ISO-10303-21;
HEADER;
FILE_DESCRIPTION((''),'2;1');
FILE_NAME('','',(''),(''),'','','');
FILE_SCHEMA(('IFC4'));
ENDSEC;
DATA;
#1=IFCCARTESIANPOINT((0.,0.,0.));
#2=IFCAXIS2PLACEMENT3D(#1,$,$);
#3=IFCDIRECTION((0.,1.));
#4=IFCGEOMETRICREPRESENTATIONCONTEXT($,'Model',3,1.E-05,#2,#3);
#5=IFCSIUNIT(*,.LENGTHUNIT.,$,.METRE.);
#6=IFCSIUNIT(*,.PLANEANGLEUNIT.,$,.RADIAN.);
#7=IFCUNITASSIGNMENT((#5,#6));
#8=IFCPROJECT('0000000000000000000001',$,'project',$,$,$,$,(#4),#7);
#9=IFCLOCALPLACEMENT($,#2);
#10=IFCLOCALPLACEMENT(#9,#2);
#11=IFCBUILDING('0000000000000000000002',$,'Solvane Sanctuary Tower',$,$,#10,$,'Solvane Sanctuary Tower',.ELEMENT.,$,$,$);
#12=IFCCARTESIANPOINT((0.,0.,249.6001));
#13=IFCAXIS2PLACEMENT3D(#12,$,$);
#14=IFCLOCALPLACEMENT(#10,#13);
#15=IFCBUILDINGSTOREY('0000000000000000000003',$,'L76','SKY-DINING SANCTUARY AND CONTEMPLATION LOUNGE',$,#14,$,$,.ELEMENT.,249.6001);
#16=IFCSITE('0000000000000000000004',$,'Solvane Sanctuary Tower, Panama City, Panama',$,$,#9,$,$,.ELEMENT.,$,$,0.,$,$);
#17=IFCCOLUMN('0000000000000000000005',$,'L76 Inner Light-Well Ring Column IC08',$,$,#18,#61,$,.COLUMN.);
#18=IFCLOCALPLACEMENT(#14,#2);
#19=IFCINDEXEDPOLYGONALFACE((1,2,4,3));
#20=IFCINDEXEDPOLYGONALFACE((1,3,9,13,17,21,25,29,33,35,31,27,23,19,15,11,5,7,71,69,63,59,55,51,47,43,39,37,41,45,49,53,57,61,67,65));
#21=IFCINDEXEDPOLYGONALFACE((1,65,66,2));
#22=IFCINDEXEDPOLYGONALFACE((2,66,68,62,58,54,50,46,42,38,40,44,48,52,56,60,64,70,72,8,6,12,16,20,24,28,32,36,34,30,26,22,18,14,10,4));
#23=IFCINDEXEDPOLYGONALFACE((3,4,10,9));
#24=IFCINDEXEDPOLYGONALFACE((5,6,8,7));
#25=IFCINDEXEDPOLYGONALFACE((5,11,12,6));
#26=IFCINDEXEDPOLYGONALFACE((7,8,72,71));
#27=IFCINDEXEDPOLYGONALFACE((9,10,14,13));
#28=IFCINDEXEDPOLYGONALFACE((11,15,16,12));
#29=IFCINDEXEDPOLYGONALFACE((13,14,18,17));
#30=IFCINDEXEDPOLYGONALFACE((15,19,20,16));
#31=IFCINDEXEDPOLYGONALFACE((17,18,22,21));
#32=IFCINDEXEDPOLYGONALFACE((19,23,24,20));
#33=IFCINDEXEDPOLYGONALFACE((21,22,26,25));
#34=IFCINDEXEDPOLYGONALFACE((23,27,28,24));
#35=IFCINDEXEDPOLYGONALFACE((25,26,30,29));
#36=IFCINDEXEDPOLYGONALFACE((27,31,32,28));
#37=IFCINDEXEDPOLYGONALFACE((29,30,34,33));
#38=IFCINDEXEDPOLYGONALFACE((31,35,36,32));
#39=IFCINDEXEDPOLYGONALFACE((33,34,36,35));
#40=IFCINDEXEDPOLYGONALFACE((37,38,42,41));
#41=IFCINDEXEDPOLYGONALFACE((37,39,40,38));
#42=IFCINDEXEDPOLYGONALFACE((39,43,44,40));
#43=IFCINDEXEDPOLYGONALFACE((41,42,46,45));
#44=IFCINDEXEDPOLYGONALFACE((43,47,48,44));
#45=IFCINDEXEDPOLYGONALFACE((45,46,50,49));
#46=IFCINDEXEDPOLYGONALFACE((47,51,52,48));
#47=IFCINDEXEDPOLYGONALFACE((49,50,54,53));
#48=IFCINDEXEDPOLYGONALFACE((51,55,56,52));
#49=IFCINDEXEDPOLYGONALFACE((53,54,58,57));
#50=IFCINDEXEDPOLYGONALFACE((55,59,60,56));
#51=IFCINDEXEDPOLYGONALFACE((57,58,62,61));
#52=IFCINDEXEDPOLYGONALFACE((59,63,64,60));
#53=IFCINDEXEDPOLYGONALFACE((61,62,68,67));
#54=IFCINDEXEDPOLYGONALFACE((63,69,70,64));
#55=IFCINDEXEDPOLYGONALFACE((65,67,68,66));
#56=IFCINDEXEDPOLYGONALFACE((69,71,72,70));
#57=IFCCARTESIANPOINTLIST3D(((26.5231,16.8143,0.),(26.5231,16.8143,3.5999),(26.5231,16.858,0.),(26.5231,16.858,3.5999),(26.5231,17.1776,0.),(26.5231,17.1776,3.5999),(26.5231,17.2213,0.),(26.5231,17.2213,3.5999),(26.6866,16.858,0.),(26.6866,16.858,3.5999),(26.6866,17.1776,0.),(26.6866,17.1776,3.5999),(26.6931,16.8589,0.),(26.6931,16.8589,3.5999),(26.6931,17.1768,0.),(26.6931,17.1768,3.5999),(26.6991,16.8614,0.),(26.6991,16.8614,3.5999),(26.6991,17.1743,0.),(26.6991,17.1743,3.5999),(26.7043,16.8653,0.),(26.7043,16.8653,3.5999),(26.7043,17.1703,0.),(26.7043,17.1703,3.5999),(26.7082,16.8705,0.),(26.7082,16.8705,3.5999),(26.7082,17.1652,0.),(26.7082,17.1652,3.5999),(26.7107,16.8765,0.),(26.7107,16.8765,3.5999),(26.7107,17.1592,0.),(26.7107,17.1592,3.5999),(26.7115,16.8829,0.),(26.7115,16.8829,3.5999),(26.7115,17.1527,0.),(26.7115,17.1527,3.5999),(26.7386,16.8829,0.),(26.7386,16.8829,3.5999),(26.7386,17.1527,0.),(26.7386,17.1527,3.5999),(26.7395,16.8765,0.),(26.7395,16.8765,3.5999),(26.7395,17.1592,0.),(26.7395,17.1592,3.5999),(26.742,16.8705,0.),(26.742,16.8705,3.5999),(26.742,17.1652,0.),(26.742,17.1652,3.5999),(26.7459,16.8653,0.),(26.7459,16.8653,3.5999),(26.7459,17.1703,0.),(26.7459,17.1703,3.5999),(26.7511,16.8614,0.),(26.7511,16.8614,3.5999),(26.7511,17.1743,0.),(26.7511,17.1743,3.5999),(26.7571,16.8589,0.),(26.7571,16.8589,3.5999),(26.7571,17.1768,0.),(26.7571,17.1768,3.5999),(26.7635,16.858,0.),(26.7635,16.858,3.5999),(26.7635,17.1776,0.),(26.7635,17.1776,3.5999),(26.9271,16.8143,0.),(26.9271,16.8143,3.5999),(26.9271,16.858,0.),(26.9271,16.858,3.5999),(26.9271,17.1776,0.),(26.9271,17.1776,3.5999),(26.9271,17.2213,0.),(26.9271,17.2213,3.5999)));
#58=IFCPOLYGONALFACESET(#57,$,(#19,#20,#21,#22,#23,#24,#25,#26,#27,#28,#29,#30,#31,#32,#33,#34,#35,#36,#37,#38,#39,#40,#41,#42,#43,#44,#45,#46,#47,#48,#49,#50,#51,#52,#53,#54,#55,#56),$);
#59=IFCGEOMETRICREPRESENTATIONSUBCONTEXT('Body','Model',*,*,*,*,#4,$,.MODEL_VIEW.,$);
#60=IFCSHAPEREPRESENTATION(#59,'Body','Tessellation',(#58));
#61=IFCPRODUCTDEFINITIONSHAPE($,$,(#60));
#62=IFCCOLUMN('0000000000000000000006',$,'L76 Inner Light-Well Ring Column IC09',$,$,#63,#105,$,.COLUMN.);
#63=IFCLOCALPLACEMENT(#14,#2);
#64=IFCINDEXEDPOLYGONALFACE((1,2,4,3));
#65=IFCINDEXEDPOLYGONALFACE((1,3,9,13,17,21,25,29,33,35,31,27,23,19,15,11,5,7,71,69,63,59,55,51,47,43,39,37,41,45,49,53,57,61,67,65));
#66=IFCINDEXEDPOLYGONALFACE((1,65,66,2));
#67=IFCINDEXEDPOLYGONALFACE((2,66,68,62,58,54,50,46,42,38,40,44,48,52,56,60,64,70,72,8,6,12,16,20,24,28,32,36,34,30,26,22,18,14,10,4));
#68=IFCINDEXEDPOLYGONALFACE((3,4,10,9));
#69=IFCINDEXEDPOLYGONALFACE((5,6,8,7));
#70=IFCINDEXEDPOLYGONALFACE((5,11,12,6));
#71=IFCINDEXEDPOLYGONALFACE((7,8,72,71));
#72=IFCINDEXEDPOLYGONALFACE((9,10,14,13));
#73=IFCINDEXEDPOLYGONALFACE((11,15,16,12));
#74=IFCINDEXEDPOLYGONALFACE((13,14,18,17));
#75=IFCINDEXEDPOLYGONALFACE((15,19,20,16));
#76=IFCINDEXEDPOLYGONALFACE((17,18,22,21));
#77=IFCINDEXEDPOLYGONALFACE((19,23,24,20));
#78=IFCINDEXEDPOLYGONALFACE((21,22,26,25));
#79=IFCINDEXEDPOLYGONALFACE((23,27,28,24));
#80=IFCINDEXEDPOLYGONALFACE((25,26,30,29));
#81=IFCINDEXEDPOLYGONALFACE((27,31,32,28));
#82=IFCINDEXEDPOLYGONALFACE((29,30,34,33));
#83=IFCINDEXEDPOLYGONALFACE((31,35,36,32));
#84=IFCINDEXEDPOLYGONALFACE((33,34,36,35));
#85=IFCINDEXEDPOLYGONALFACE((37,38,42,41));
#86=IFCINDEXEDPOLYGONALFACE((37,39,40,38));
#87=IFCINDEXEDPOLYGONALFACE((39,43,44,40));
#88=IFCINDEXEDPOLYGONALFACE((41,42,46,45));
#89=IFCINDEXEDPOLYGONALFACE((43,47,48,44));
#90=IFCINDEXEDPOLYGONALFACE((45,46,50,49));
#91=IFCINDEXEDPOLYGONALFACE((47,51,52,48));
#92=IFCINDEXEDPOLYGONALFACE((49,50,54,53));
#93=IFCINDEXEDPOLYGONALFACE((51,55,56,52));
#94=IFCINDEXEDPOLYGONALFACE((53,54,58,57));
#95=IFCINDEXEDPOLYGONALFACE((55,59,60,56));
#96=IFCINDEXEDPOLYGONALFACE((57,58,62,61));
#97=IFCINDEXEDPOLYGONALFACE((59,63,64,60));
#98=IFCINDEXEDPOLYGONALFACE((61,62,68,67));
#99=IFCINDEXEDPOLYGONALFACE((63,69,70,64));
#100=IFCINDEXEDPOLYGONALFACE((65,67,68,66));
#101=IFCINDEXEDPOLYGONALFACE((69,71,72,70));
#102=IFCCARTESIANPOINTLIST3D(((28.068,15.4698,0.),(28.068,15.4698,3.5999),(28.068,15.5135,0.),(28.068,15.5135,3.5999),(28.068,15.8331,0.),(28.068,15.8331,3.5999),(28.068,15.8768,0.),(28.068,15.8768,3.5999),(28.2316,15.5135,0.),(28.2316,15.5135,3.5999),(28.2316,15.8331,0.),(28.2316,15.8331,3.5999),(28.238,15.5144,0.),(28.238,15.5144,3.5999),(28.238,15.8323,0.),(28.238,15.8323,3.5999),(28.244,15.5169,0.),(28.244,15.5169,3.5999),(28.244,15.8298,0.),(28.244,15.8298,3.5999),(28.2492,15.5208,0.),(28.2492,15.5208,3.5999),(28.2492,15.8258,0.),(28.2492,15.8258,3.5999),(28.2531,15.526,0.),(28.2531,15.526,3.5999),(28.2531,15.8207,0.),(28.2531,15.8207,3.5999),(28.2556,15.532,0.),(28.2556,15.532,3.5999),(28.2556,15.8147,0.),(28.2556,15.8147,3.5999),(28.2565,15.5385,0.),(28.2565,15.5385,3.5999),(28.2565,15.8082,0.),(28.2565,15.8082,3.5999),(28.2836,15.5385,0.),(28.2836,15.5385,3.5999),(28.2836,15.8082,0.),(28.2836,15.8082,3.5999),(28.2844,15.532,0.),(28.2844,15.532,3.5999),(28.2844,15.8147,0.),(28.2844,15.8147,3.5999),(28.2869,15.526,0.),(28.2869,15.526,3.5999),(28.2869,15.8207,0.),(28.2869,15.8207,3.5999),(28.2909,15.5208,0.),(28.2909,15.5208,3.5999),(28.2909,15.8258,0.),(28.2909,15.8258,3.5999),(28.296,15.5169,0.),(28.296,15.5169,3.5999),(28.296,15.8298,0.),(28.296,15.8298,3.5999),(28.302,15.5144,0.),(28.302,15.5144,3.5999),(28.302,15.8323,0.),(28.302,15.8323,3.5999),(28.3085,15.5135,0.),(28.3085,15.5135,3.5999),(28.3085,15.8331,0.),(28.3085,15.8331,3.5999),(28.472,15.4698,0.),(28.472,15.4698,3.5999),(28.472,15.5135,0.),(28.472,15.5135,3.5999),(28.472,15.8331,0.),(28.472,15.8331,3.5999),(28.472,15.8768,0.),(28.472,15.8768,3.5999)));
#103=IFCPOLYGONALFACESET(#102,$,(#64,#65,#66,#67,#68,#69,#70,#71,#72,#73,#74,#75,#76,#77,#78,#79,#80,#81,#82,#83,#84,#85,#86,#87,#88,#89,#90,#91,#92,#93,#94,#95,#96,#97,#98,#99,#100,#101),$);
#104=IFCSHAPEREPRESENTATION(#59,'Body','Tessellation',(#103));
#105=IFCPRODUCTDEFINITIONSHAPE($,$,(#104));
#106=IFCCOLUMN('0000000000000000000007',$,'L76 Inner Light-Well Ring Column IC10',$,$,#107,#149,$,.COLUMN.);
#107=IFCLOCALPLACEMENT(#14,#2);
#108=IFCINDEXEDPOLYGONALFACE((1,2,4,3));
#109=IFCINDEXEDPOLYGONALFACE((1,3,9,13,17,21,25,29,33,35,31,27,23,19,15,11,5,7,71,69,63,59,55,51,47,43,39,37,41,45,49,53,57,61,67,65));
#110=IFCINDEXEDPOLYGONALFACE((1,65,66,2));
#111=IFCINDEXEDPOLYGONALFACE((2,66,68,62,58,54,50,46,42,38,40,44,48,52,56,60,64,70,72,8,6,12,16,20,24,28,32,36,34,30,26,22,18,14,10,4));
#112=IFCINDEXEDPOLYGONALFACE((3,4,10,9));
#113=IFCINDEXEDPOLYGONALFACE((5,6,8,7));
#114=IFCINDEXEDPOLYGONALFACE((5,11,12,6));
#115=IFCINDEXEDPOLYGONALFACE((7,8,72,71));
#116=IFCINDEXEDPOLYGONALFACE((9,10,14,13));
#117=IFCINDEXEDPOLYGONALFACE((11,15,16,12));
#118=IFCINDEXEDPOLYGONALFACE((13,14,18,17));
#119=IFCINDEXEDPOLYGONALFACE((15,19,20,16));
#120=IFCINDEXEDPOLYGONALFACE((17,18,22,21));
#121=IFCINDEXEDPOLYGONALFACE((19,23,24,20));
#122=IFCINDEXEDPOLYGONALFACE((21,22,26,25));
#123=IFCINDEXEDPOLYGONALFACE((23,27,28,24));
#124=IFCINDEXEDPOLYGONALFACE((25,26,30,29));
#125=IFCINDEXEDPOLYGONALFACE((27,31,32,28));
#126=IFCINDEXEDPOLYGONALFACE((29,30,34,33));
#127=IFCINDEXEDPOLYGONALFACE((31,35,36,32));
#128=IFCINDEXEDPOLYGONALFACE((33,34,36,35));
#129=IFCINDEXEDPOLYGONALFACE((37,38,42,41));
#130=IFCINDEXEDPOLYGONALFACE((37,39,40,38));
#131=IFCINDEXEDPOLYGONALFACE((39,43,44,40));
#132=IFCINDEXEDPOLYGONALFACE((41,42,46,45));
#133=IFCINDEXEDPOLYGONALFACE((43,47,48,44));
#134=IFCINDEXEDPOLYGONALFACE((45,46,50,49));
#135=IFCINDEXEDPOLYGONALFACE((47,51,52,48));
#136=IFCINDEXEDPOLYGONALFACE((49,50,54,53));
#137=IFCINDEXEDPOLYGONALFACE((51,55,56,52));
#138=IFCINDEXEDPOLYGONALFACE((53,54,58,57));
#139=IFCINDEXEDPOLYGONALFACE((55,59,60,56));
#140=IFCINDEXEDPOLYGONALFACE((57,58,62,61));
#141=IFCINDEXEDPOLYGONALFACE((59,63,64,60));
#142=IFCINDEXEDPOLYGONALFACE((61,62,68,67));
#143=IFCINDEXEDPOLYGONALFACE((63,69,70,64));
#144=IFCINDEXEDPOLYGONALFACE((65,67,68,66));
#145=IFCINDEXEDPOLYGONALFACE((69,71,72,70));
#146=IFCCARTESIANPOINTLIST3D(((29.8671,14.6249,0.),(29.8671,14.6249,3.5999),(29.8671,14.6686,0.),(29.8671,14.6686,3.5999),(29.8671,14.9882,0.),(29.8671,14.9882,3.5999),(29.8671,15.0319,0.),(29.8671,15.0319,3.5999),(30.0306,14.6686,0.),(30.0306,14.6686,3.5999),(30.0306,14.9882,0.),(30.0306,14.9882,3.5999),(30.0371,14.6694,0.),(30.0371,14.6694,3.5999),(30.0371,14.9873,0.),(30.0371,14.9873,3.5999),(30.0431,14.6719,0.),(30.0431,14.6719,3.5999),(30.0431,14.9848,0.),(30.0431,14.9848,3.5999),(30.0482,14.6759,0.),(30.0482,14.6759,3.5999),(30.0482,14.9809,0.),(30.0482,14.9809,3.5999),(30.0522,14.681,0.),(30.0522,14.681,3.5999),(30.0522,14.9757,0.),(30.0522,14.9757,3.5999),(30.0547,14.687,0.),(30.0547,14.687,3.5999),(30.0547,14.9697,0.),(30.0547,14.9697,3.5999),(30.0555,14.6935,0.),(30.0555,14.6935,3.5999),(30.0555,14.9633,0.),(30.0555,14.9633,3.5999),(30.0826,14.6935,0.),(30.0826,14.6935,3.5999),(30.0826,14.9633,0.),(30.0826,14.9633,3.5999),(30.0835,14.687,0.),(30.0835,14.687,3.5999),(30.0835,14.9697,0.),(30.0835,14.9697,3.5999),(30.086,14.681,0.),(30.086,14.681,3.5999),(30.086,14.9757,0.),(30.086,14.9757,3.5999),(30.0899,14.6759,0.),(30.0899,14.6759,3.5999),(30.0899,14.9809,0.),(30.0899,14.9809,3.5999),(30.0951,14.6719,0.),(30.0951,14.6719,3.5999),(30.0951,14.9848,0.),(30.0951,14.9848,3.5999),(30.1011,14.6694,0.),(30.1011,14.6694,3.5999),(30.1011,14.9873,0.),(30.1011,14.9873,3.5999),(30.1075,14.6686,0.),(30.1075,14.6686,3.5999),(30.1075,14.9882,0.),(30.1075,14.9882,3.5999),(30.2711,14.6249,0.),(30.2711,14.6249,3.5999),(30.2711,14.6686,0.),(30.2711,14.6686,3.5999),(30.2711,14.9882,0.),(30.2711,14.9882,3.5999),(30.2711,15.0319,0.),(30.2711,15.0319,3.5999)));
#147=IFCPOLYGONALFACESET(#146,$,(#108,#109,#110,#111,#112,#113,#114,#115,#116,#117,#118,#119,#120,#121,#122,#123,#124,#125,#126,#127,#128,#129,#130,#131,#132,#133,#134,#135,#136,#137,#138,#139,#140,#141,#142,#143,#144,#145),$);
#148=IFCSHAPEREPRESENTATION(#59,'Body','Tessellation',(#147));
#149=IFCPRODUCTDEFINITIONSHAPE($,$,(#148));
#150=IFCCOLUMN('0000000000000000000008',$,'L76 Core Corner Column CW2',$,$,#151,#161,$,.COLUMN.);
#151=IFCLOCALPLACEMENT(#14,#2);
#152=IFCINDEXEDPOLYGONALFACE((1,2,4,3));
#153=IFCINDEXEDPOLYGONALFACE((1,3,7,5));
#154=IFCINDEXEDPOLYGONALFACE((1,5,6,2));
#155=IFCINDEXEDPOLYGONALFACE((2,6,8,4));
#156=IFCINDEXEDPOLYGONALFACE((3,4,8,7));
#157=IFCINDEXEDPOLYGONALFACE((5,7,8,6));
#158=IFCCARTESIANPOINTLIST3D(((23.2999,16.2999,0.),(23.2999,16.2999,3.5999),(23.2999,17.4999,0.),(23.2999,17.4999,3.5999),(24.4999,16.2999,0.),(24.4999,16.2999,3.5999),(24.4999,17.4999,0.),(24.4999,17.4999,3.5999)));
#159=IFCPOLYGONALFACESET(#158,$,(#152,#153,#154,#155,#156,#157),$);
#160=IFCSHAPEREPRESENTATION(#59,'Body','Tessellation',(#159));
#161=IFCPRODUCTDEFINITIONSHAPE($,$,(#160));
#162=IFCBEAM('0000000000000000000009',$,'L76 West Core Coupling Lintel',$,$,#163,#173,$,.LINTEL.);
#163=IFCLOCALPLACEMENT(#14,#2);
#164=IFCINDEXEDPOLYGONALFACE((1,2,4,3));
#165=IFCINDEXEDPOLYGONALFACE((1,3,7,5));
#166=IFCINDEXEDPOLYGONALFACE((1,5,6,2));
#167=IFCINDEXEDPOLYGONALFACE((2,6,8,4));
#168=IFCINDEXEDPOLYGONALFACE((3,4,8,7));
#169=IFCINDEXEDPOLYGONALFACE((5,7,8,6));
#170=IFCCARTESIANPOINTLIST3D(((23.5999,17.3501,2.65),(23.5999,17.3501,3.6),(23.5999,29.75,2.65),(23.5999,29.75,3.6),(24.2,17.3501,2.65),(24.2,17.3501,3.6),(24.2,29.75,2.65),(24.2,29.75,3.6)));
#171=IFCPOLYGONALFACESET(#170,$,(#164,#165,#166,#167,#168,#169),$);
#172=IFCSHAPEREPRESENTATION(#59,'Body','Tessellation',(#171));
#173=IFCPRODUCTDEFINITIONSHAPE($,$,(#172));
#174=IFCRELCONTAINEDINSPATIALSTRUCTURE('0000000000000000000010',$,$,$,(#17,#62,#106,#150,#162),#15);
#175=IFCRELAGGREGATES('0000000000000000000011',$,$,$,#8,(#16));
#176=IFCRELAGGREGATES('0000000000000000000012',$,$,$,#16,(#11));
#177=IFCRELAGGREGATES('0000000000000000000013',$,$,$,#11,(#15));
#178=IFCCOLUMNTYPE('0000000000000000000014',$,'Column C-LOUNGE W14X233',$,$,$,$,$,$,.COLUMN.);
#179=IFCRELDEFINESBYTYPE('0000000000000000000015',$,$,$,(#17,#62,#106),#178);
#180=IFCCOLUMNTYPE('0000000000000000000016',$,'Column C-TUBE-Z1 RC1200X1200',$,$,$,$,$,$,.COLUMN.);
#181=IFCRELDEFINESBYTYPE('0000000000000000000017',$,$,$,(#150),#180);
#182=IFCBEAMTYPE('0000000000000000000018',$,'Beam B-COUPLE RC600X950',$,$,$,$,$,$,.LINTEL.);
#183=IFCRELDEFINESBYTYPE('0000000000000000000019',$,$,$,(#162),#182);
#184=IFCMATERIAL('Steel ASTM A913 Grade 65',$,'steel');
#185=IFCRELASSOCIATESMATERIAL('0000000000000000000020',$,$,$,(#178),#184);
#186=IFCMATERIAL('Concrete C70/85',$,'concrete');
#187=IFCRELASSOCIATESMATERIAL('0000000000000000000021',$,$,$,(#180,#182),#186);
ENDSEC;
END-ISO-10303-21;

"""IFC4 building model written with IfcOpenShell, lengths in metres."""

from ifc_helpers import new_model, si_unit, direction, frame, origin, origin_2d, place, context, subcontext, project, spatial, rectangle, i_section, extrude, material, material_profile, profile_set, type_object, element, save


model = new_model("IFC4")

# Units and contexts
model_context = context("Model", 3, precision=1e-05, world=origin(), true_north=direction((0.0, 1.0)))
body_context = subcontext(model_context, "Body", "Model", "MODEL_VIEW")
ifc_project = project(units=[si_unit("LENGTHUNIT", "METRE"), si_unit("PLANEANGLEUNIT", "RADIAN")], contexts=[model_context])

# Site, building, storey
site_placement = place(None, origin())
site = spatial("IfcSite", under=ifc_project, at=site_placement, Name="Solvane Sanctuary Tower, Panama City, Panama", CompositionType="ELEMENT", RefElevation=0.0)
building_placement = place(site_placement, origin())
building = spatial("IfcBuilding", under=site, at=building_placement, Name="Solvane Sanctuary Tower", LongName="Solvane Sanctuary Tower", CompositionType="ELEMENT")
storey_placement = place(building_placement, frame((0.0, 0.0, 249.6001)))
storey = spatial("IfcBuildingStorey", under=building, at=storey_placement, Name="L76", Description="SKY-DINING SANCTUARY AND CONTEMPLATION LOUNGE", CompositionType="ELEMENT", Elevation=249.6001)

# Columns
ifc_material_1 = material(Name="Steel ASTM A913 Grade 65", Category="steel")
ifc_material_profile_1 = material_profile(ifc_material_1, i_section(OverallWidth=0.4041, OverallDepth=0.407, WebThickness=0.0271, FlangeThickness=0.0437, FilletRadius=0.0249, at=origin_2d()), Name="W14X233")
ifc_profile_set_1 = profile_set([ifc_material_profile_1], Name="Steel ASTM A913 Grade 65")
column_type_1 = type_object("IfcColumnType", Name="Column C-LOUNGE W14X233", PredefinedType="COLUMN", material=ifc_profile_set_1)
for number, where, z_axis, x_axis, name in (
    (1, (26.7251, 17.0178, 0.0), (0.0, 0.0, 1.0), (1.0, 0.0, 0.0), "L76 Inner Light-Well Ring Column IC08"),
    (2, (28.27, 15.6733, 0.0), (0.0, 0.0, 1.0), (1.0, 0.0, 0.0), "L76 Inner Light-Well Ring Column IC09"),
    (3, (30.0691, 14.8284, 0.0), (0.0, 0.0, 1.0), (1.0, 0.0, 0.0), "L76 Inner Light-Well Ring Column IC10"),
):
    element("IfcColumn", number, at=place(storey_placement, frame(where, z_axis=z_axis, x_axis=x_axis)), inside=storey, type_object=column_type_1, Name=name, PredefinedType="COLUMN", context=body_context, shape_type="SweptSolid", body=[
        extrude(i_section(OverallWidth=0.4041, OverallDepth=0.407, WebThickness=0.0271, FlangeThickness=0.0437, FilletRadius=0.0249, at=origin_2d()), origin(), (0.0, 0.0, 1.0), 3.5999),
    ])
ifc_material_2 = material(Name="Concrete C70/85", Category="concrete")
ifc_material_profile_2 = material_profile(ifc_material_2, rectangle(XDim=1.2, YDim=1.2, at=origin_2d()), Name="RC1200X1200")
ifc_profile_set_2 = profile_set([ifc_material_profile_2], Name="Concrete C70/85")
column_type_2 = type_object("IfcColumnType", Name="Column C-TUBE-Z1 RC1200X1200", PredefinedType="COLUMN", material=ifc_profile_set_2)
column_placement = place(storey_placement, frame((23.8999, 16.8999, 0.0), z_axis=(0.0, 0.0, 1.0), x_axis=(1.0, 0.0, 0.0)))
element("IfcColumn", 4, at=column_placement, inside=storey, type_object=column_type_2, Name="L76 Core Corner Column CW2", PredefinedType="COLUMN", context=body_context, shape_type="SweptSolid", body=[
    extrude(rectangle(XDim=1.2, YDim=1.2, at=origin_2d()), origin(), (0.0, 0.0, 1.0), 3.5999),
])

# Beam
ifc_material_profile_3 = material_profile(ifc_material_2, rectangle(XDim=0.6001, YDim=0.95, at=origin_2d()), Name="RC600X950")
ifc_profile_set_3 = profile_set([ifc_material_profile_3], Name="Concrete C70/85")
beam_type_1 = type_object("IfcBeamType", Name="Beam B-COUPLE RC600X950", PredefinedType="LINTEL", material=ifc_profile_set_3)
beam_1_placement = place(storey_placement, frame((23.8999, 17.3501, 3.125), z_axis=(0.0, 1.0, 0.0), x_axis=(-1.0, 0.0, 0.0)))
element("IfcBeam", 5, at=beam_1_placement, inside=storey, type_object=beam_type_1, Name="L76 West Core Coupling Lintel", PredefinedType="LINTEL", context=body_context, shape_type="SweptSolid", body=[
    extrude(rectangle(XDim=0.6001, YDim=0.95, at=origin_2d()), origin(), (0.0, 0.0, 1.0), 12.3999),
])

save(model, "model.ifc")
